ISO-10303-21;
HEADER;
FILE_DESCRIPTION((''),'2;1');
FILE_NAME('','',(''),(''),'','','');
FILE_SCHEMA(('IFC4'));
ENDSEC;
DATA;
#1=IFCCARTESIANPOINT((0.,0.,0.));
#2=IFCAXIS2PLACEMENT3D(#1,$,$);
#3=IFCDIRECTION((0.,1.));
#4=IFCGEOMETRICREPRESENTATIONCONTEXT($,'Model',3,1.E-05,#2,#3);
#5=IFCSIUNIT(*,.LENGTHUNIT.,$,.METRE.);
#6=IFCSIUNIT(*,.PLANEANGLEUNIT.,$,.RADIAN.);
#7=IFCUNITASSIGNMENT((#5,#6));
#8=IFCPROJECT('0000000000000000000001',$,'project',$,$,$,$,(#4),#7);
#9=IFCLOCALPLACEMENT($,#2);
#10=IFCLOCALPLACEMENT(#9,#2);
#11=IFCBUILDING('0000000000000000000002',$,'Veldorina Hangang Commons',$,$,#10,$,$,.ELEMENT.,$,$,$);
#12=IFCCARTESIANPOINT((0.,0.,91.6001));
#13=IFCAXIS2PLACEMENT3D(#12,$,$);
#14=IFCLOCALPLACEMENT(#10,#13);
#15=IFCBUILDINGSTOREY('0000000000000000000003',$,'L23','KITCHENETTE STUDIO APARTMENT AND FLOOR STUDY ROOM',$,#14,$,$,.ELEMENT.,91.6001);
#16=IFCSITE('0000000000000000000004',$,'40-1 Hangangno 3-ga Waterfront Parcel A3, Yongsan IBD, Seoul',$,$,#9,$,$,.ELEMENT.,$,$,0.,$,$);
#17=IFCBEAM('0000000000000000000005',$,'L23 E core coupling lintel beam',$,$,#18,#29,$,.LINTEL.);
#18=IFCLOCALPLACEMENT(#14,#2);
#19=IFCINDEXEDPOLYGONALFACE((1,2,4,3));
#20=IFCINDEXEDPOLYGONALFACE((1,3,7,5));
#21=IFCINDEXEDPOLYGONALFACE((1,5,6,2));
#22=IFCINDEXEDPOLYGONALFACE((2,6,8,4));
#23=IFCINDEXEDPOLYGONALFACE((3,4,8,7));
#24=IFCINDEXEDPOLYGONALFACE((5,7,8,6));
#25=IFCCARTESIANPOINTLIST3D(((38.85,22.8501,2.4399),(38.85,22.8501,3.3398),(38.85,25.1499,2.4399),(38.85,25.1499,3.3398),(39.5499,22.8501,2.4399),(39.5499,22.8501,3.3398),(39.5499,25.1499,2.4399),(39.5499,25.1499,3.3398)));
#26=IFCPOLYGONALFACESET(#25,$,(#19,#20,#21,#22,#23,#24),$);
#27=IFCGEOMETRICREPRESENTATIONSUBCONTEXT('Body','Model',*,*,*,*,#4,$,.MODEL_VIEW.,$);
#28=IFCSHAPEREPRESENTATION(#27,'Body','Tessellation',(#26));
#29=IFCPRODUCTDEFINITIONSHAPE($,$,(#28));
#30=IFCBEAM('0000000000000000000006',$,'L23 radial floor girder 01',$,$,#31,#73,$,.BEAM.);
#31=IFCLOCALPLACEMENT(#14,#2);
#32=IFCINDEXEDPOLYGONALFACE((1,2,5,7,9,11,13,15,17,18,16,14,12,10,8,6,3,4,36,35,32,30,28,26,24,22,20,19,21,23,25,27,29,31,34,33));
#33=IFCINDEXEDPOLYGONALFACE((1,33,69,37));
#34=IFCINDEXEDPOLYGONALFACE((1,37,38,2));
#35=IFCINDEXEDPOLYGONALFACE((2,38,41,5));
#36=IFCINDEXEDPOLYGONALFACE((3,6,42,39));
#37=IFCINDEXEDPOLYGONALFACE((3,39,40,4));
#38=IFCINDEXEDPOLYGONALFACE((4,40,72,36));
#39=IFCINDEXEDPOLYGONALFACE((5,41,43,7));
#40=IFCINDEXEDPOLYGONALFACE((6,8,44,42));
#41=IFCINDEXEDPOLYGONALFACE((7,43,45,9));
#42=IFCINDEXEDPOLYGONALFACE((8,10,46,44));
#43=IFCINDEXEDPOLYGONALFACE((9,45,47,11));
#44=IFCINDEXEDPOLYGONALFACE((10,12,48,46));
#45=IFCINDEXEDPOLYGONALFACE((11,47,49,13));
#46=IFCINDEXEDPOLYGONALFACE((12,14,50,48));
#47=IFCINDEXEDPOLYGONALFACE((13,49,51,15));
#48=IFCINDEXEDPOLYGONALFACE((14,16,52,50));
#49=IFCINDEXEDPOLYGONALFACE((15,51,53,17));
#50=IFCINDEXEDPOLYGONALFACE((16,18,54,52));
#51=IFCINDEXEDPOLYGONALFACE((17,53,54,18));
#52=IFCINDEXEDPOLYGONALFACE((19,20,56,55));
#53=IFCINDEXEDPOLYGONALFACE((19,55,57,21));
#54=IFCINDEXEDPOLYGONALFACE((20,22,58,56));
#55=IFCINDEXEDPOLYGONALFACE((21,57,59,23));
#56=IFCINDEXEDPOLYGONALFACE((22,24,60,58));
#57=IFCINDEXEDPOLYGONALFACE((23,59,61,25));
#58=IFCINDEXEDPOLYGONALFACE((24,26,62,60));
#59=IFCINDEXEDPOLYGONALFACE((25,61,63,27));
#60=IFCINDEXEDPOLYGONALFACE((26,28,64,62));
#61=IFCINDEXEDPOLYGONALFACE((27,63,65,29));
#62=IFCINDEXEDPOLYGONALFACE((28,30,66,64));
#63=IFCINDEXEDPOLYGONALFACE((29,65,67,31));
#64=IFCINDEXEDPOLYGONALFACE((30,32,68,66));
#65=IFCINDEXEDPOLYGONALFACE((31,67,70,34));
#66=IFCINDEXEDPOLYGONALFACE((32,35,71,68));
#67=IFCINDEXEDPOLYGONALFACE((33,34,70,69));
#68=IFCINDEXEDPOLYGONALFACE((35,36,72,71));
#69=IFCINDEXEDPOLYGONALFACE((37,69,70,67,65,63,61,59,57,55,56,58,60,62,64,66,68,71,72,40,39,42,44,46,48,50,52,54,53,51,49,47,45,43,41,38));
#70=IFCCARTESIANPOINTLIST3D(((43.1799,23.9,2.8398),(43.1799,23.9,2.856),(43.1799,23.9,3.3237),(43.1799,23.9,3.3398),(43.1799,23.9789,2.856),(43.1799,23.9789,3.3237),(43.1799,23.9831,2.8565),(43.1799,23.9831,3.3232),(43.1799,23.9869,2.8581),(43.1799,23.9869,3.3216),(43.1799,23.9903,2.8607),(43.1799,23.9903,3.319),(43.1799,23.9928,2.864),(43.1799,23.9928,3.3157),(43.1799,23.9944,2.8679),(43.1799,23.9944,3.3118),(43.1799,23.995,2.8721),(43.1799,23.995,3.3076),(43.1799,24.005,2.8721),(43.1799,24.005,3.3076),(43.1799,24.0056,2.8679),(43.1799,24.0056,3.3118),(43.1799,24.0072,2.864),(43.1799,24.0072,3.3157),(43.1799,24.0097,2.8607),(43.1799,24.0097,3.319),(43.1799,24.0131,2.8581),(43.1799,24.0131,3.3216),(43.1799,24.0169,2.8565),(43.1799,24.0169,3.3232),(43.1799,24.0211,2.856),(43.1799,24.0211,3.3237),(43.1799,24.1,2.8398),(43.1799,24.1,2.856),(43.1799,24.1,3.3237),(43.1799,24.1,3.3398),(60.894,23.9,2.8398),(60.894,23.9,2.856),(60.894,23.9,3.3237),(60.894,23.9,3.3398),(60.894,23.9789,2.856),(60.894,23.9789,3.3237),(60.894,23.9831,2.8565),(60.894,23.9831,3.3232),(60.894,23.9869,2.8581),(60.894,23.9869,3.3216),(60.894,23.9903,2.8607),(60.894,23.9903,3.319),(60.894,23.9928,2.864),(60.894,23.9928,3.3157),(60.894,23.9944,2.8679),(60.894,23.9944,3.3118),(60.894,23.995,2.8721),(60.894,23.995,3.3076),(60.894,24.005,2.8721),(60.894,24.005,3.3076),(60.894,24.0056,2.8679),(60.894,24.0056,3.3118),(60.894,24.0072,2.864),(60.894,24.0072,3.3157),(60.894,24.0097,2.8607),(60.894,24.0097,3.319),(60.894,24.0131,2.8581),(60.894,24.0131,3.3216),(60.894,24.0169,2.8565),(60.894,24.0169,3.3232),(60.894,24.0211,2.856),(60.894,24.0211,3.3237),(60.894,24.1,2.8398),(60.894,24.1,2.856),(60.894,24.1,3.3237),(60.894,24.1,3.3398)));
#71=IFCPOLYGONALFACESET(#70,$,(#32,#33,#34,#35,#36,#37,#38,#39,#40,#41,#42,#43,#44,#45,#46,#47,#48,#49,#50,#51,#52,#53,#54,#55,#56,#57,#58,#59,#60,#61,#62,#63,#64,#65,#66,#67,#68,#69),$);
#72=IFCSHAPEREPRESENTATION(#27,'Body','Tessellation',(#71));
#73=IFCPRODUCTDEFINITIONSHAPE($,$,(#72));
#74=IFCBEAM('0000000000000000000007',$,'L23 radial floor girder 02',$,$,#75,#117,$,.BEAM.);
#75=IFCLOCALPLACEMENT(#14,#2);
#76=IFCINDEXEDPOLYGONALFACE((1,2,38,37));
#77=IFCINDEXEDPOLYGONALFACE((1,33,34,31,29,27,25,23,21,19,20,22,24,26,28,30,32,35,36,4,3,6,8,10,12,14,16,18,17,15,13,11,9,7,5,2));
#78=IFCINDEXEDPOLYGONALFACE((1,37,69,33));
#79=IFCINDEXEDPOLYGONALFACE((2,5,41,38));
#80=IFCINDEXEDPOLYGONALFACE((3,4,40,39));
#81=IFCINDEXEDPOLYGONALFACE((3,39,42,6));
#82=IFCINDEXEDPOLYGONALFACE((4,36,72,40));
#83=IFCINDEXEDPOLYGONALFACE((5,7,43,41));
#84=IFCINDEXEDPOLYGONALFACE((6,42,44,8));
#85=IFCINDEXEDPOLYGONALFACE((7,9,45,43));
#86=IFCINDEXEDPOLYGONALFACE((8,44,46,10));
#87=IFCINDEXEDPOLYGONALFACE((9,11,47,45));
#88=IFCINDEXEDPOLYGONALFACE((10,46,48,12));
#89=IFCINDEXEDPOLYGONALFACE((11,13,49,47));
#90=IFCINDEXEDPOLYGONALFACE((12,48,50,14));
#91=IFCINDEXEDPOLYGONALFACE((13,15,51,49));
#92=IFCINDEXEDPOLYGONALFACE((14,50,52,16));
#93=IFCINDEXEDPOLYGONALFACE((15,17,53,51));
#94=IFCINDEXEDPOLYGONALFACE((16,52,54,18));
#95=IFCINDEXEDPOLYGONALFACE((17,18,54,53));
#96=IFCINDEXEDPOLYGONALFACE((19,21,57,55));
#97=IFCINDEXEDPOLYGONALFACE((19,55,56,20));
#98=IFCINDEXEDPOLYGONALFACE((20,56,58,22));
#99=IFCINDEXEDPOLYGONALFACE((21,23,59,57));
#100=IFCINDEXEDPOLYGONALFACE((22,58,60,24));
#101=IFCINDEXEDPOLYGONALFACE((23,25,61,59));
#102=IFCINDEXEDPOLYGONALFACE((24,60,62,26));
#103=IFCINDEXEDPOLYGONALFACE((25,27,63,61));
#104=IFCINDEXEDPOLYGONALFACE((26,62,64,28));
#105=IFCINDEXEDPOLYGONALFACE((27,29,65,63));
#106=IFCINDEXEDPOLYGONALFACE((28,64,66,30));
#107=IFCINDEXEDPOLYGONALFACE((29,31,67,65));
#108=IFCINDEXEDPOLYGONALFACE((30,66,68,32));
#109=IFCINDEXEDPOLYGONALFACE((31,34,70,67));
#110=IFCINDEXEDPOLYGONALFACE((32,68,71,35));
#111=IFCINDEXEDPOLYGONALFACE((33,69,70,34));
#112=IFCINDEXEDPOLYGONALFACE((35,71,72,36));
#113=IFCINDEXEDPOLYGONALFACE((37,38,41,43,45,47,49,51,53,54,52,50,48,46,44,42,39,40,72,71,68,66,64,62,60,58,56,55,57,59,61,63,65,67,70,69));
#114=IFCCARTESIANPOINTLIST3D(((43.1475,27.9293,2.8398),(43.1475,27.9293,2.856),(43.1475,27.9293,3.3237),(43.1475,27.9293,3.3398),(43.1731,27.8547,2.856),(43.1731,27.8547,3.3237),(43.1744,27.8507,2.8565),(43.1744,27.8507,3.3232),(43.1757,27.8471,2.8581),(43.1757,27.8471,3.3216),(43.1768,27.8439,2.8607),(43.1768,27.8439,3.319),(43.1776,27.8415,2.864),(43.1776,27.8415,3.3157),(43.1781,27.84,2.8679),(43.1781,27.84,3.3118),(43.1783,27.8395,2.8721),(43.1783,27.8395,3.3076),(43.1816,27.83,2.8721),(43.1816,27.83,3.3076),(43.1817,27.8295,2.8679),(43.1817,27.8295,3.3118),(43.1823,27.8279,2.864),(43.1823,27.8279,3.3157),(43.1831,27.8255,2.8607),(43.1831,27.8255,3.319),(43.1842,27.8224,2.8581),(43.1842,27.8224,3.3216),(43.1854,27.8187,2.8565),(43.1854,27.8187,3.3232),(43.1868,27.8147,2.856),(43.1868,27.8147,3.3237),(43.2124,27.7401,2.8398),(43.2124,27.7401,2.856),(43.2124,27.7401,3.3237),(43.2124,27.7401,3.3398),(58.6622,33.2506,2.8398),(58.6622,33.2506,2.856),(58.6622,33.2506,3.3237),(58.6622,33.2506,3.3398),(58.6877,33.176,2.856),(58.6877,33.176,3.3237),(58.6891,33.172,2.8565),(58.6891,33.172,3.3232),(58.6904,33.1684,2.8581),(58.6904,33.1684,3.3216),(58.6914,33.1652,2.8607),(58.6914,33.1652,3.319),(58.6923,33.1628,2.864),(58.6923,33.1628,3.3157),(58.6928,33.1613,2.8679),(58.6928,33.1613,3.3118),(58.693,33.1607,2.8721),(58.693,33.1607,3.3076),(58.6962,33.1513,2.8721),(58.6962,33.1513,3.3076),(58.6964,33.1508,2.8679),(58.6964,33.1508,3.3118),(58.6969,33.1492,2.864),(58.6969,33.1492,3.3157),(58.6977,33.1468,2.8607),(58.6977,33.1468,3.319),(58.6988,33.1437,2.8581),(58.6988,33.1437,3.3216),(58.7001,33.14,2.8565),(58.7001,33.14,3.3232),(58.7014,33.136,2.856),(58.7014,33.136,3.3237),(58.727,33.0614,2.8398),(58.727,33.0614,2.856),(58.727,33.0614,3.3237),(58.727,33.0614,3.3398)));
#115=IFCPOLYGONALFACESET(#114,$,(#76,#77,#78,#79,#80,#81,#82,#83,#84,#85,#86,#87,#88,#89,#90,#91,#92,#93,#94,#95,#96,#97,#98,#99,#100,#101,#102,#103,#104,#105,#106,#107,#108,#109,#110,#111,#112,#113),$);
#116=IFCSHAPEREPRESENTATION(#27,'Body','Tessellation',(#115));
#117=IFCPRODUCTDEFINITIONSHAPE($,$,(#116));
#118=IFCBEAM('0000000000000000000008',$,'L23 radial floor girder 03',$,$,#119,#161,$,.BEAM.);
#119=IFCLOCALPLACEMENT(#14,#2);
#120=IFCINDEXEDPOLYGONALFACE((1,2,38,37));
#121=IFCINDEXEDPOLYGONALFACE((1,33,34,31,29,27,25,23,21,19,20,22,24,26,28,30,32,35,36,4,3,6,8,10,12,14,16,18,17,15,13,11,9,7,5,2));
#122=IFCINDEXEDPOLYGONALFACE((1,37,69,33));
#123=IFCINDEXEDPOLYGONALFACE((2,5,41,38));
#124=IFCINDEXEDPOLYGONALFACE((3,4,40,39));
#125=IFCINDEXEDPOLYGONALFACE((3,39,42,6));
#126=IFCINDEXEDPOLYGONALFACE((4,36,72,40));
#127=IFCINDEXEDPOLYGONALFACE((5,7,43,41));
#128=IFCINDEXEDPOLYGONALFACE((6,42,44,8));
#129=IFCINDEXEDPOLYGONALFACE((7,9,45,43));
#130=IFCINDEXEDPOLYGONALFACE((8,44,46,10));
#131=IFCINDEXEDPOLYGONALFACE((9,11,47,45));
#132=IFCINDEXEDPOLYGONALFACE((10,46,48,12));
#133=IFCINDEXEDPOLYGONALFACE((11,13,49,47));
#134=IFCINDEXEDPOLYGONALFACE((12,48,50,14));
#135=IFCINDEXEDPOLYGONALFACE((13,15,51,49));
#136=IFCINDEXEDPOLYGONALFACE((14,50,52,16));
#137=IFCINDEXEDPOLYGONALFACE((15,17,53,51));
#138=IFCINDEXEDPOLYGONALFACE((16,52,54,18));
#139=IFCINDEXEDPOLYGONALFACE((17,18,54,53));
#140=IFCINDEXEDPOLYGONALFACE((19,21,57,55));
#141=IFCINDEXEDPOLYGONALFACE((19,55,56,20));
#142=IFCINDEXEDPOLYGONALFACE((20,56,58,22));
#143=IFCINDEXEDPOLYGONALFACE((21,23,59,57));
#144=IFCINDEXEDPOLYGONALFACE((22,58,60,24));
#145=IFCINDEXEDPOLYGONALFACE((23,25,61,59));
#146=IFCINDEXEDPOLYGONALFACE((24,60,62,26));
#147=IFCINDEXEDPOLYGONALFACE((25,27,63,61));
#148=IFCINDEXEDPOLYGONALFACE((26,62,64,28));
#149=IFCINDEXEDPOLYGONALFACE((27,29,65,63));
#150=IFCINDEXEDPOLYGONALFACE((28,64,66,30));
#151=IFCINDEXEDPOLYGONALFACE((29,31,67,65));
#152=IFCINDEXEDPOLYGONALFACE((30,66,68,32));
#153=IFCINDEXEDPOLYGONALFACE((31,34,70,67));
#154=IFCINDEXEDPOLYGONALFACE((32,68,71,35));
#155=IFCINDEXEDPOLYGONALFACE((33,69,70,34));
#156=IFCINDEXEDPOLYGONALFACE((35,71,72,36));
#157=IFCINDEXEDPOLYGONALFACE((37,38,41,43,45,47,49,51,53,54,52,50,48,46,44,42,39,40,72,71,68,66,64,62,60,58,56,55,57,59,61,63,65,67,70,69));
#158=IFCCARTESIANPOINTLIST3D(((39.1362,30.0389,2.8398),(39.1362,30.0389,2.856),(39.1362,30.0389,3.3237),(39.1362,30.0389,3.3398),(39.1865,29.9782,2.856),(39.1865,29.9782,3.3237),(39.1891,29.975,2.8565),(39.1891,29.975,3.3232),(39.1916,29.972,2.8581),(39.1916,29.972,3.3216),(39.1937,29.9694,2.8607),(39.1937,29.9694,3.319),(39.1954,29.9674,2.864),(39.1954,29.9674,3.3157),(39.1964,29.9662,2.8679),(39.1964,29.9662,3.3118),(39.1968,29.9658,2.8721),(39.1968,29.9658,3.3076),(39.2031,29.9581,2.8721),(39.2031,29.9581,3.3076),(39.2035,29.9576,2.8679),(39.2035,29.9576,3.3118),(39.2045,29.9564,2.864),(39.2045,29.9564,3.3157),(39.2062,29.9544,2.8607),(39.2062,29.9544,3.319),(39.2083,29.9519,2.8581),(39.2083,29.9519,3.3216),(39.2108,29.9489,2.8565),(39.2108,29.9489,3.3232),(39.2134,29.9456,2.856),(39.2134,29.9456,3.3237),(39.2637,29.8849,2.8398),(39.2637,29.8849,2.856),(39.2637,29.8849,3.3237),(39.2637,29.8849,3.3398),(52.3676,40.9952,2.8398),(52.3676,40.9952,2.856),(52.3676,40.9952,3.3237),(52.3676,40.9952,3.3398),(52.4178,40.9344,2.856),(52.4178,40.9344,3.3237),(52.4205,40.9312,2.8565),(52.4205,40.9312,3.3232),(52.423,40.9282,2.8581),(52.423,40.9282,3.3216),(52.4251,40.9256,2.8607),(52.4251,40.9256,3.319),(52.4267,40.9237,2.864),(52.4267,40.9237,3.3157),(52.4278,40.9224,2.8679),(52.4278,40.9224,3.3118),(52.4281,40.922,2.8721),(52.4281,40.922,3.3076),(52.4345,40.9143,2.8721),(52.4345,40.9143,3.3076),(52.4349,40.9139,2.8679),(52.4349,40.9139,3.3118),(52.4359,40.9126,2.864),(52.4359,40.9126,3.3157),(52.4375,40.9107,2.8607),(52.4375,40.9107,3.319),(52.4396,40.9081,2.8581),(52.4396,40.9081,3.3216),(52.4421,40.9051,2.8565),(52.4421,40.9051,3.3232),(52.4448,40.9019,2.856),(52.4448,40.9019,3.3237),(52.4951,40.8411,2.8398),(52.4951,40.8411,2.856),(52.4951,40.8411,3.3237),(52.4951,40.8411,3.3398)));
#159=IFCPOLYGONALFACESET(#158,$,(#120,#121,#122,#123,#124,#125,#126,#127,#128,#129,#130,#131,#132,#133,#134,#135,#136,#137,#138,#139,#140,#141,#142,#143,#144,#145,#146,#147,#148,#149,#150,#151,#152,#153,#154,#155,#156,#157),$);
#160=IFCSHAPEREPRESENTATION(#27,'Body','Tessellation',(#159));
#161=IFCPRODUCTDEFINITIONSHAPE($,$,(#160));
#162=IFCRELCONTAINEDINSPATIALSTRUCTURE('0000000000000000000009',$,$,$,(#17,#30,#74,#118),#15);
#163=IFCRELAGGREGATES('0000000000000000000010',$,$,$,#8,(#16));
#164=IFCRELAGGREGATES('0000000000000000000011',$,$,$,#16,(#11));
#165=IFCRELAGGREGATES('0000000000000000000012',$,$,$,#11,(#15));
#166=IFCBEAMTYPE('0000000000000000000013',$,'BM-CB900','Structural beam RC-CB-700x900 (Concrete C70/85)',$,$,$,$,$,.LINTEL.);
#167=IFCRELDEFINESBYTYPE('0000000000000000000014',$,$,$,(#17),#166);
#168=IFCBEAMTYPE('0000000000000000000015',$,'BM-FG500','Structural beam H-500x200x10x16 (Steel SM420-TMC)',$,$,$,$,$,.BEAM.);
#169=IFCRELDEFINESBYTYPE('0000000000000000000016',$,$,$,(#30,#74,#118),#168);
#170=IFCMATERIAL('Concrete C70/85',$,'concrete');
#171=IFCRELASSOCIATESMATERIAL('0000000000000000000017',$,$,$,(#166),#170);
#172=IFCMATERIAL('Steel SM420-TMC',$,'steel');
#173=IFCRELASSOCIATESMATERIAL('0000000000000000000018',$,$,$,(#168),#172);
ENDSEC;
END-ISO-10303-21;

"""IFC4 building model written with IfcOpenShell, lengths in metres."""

from ifc_helpers import new_model, si_unit, direction, frame, origin, origin_2d, place, context, subcontext, project, spatial, rectangle, i_section, extrude, material, material_profile, profile_set, type_object, element, save


model = new_model("IFC4")

# Units and contexts
model_context = context("Model", 3, precision=1e-05, world=origin(), true_north=direction((0.0, 1.0)))
body_context = subcontext(model_context, "Body", "Model", "MODEL_VIEW")
ifc_project = project(units=[si_unit("LENGTHUNIT", "METRE"), si_unit("PLANEANGLEUNIT", "RADIAN")], contexts=[model_context])

# Site, building, storey
site_placement = place(None, origin())
site = spatial("IfcSite", under=ifc_project, at=site_placement, Name="40-1 Hangangno 3-ga Waterfront Parcel A3, Yongsan IBD, Seoul", CompositionType="ELEMENT", RefElevation=0.0)
building_placement = place(site_placement, origin())
building = spatial("IfcBuilding", under=site, at=building_placement, Name="Veldorina Hangang Commons", CompositionType="ELEMENT")
storey_placement = place(building_placement, frame((0.0, 0.0, 91.6001)))
storey = spatial("IfcBuildingStorey", under=building, at=storey_placement, Name="L23", Description="KITCHENETTE STUDIO APARTMENT AND FLOOR STUDY ROOM", CompositionType="ELEMENT", Elevation=91.6001)

# Beams
ifc_material_1 = material(Name="Concrete C70/85", Category="concrete")
ifc_material_profile_1 = material_profile(ifc_material_1, rectangle(XDim=0.7, YDim=0.8999, at=origin_2d()), Name="RC-CB-700x900")
ifc_profile_set_1 = profile_set([ifc_material_profile_1], Name="Concrete C70/85")
beam_type_1 = type_object("IfcBeamType", Name="BM-CB900", Description="Structural beam RC-CB-700x900 (Concrete C70/85)", PredefinedType="LINTEL", material=ifc_profile_set_1)
beam_1_placement = place(storey_placement, frame((39.2, 22.8501, 2.8899), z_axis=(0.0, 1.0, 0.0), x_axis=(-1.0, 0.0, 0.0)))
element("IfcBeam", 1, at=beam_1_placement, inside=storey, type_object=beam_type_1, Name="L23 E core coupling lintel beam", PredefinedType="LINTEL", context=body_context, shape_type="SweptSolid", body=[
    extrude(rectangle(XDim=0.7, YDim=0.8999, at=origin_2d()), origin(), (0.0, 0.0, 1.0), 2.2998),
])
ifc_material_2 = material(Name="Steel SM420-TMC", Category="steel")
ifc_material_profile_2 = material_profile(ifc_material_2, i_section(OverallWidth=0.2, OverallDepth=0.5, WebThickness=0.01, FlangeThickness=0.0161, FilletRadius=0.0161, at=origin_2d()), Name="H-500x200x10x16")
ifc_profile_set_2 = profile_set([ifc_material_profile_2], Name="Steel SM420-TMC")
beam_type_2 = type_object("IfcBeamType", Name="BM-FG500", Description="Structural beam H-500x200x10x16 (Steel SM420-TMC)", PredefinedType="BEAM", material=ifc_profile_set_2)
beam_2_placement = place(storey_placement, frame((43.1799, 24.0, 3.0898), z_axis=(1.0, 0.0, 0.0), x_axis=(0.0, 1.0, 0.0)))
element("IfcBeam", 2, at=beam_2_placement, inside=storey, type_object=beam_type_2, Name="L23 radial floor girder 01", PredefinedType="BEAM", context=body_context, shape_type="SweptSolid", body=[
    extrude(i_section(OverallWidth=0.2, OverallDepth=0.5, WebThickness=0.01, FlangeThickness=0.0161, FilletRadius=0.0161, at=origin_2d()), origin(), (0.0, 0.0, 1.0), 17.7141),
])
beam_3_placement = place(storey_placement, frame((43.1799, 27.8347, 3.0898), z_axis=(0.945909, 0.324432, 0.0), x_axis=(-0.324432, 0.945909, 0.0)))
element("IfcBeam", 3, at=beam_3_placement, inside=storey, type_object=beam_type_2, Name="L23 radial floor girder 02", PredefinedType="BEAM", context=body_context, shape_type="SweptSolid", body=[
    extrude(i_section(OverallWidth=0.2, OverallDepth=0.5, WebThickness=0.01, FlangeThickness=0.0161, FilletRadius=0.0161, at=origin_2d()), origin(), (0.0, 0.0, 1.0), 16.4019),
])
beam_4_placement = place(storey_placement, frame((39.2, 29.9619, 3.0898), z_axis=(0.770219, 0.63778, 0.0), x_axis=(-0.63778, 0.770219, 0.0)))
element("IfcBeam", 4, at=beam_4_placement, inside=storey, type_object=beam_type_2, Name="L23 radial floor girder 03", PredefinedType="BEAM", context=body_context, shape_type="SweptSolid", body=[
    extrude(i_section(OverallWidth=0.2, OverallDepth=0.5, WebThickness=0.01, FlangeThickness=0.0161, FilletRadius=0.0161, at=origin_2d()), origin(), (0.0, 0.0, 1.0), 17.1787),
])

save(model, "model.ifc")
